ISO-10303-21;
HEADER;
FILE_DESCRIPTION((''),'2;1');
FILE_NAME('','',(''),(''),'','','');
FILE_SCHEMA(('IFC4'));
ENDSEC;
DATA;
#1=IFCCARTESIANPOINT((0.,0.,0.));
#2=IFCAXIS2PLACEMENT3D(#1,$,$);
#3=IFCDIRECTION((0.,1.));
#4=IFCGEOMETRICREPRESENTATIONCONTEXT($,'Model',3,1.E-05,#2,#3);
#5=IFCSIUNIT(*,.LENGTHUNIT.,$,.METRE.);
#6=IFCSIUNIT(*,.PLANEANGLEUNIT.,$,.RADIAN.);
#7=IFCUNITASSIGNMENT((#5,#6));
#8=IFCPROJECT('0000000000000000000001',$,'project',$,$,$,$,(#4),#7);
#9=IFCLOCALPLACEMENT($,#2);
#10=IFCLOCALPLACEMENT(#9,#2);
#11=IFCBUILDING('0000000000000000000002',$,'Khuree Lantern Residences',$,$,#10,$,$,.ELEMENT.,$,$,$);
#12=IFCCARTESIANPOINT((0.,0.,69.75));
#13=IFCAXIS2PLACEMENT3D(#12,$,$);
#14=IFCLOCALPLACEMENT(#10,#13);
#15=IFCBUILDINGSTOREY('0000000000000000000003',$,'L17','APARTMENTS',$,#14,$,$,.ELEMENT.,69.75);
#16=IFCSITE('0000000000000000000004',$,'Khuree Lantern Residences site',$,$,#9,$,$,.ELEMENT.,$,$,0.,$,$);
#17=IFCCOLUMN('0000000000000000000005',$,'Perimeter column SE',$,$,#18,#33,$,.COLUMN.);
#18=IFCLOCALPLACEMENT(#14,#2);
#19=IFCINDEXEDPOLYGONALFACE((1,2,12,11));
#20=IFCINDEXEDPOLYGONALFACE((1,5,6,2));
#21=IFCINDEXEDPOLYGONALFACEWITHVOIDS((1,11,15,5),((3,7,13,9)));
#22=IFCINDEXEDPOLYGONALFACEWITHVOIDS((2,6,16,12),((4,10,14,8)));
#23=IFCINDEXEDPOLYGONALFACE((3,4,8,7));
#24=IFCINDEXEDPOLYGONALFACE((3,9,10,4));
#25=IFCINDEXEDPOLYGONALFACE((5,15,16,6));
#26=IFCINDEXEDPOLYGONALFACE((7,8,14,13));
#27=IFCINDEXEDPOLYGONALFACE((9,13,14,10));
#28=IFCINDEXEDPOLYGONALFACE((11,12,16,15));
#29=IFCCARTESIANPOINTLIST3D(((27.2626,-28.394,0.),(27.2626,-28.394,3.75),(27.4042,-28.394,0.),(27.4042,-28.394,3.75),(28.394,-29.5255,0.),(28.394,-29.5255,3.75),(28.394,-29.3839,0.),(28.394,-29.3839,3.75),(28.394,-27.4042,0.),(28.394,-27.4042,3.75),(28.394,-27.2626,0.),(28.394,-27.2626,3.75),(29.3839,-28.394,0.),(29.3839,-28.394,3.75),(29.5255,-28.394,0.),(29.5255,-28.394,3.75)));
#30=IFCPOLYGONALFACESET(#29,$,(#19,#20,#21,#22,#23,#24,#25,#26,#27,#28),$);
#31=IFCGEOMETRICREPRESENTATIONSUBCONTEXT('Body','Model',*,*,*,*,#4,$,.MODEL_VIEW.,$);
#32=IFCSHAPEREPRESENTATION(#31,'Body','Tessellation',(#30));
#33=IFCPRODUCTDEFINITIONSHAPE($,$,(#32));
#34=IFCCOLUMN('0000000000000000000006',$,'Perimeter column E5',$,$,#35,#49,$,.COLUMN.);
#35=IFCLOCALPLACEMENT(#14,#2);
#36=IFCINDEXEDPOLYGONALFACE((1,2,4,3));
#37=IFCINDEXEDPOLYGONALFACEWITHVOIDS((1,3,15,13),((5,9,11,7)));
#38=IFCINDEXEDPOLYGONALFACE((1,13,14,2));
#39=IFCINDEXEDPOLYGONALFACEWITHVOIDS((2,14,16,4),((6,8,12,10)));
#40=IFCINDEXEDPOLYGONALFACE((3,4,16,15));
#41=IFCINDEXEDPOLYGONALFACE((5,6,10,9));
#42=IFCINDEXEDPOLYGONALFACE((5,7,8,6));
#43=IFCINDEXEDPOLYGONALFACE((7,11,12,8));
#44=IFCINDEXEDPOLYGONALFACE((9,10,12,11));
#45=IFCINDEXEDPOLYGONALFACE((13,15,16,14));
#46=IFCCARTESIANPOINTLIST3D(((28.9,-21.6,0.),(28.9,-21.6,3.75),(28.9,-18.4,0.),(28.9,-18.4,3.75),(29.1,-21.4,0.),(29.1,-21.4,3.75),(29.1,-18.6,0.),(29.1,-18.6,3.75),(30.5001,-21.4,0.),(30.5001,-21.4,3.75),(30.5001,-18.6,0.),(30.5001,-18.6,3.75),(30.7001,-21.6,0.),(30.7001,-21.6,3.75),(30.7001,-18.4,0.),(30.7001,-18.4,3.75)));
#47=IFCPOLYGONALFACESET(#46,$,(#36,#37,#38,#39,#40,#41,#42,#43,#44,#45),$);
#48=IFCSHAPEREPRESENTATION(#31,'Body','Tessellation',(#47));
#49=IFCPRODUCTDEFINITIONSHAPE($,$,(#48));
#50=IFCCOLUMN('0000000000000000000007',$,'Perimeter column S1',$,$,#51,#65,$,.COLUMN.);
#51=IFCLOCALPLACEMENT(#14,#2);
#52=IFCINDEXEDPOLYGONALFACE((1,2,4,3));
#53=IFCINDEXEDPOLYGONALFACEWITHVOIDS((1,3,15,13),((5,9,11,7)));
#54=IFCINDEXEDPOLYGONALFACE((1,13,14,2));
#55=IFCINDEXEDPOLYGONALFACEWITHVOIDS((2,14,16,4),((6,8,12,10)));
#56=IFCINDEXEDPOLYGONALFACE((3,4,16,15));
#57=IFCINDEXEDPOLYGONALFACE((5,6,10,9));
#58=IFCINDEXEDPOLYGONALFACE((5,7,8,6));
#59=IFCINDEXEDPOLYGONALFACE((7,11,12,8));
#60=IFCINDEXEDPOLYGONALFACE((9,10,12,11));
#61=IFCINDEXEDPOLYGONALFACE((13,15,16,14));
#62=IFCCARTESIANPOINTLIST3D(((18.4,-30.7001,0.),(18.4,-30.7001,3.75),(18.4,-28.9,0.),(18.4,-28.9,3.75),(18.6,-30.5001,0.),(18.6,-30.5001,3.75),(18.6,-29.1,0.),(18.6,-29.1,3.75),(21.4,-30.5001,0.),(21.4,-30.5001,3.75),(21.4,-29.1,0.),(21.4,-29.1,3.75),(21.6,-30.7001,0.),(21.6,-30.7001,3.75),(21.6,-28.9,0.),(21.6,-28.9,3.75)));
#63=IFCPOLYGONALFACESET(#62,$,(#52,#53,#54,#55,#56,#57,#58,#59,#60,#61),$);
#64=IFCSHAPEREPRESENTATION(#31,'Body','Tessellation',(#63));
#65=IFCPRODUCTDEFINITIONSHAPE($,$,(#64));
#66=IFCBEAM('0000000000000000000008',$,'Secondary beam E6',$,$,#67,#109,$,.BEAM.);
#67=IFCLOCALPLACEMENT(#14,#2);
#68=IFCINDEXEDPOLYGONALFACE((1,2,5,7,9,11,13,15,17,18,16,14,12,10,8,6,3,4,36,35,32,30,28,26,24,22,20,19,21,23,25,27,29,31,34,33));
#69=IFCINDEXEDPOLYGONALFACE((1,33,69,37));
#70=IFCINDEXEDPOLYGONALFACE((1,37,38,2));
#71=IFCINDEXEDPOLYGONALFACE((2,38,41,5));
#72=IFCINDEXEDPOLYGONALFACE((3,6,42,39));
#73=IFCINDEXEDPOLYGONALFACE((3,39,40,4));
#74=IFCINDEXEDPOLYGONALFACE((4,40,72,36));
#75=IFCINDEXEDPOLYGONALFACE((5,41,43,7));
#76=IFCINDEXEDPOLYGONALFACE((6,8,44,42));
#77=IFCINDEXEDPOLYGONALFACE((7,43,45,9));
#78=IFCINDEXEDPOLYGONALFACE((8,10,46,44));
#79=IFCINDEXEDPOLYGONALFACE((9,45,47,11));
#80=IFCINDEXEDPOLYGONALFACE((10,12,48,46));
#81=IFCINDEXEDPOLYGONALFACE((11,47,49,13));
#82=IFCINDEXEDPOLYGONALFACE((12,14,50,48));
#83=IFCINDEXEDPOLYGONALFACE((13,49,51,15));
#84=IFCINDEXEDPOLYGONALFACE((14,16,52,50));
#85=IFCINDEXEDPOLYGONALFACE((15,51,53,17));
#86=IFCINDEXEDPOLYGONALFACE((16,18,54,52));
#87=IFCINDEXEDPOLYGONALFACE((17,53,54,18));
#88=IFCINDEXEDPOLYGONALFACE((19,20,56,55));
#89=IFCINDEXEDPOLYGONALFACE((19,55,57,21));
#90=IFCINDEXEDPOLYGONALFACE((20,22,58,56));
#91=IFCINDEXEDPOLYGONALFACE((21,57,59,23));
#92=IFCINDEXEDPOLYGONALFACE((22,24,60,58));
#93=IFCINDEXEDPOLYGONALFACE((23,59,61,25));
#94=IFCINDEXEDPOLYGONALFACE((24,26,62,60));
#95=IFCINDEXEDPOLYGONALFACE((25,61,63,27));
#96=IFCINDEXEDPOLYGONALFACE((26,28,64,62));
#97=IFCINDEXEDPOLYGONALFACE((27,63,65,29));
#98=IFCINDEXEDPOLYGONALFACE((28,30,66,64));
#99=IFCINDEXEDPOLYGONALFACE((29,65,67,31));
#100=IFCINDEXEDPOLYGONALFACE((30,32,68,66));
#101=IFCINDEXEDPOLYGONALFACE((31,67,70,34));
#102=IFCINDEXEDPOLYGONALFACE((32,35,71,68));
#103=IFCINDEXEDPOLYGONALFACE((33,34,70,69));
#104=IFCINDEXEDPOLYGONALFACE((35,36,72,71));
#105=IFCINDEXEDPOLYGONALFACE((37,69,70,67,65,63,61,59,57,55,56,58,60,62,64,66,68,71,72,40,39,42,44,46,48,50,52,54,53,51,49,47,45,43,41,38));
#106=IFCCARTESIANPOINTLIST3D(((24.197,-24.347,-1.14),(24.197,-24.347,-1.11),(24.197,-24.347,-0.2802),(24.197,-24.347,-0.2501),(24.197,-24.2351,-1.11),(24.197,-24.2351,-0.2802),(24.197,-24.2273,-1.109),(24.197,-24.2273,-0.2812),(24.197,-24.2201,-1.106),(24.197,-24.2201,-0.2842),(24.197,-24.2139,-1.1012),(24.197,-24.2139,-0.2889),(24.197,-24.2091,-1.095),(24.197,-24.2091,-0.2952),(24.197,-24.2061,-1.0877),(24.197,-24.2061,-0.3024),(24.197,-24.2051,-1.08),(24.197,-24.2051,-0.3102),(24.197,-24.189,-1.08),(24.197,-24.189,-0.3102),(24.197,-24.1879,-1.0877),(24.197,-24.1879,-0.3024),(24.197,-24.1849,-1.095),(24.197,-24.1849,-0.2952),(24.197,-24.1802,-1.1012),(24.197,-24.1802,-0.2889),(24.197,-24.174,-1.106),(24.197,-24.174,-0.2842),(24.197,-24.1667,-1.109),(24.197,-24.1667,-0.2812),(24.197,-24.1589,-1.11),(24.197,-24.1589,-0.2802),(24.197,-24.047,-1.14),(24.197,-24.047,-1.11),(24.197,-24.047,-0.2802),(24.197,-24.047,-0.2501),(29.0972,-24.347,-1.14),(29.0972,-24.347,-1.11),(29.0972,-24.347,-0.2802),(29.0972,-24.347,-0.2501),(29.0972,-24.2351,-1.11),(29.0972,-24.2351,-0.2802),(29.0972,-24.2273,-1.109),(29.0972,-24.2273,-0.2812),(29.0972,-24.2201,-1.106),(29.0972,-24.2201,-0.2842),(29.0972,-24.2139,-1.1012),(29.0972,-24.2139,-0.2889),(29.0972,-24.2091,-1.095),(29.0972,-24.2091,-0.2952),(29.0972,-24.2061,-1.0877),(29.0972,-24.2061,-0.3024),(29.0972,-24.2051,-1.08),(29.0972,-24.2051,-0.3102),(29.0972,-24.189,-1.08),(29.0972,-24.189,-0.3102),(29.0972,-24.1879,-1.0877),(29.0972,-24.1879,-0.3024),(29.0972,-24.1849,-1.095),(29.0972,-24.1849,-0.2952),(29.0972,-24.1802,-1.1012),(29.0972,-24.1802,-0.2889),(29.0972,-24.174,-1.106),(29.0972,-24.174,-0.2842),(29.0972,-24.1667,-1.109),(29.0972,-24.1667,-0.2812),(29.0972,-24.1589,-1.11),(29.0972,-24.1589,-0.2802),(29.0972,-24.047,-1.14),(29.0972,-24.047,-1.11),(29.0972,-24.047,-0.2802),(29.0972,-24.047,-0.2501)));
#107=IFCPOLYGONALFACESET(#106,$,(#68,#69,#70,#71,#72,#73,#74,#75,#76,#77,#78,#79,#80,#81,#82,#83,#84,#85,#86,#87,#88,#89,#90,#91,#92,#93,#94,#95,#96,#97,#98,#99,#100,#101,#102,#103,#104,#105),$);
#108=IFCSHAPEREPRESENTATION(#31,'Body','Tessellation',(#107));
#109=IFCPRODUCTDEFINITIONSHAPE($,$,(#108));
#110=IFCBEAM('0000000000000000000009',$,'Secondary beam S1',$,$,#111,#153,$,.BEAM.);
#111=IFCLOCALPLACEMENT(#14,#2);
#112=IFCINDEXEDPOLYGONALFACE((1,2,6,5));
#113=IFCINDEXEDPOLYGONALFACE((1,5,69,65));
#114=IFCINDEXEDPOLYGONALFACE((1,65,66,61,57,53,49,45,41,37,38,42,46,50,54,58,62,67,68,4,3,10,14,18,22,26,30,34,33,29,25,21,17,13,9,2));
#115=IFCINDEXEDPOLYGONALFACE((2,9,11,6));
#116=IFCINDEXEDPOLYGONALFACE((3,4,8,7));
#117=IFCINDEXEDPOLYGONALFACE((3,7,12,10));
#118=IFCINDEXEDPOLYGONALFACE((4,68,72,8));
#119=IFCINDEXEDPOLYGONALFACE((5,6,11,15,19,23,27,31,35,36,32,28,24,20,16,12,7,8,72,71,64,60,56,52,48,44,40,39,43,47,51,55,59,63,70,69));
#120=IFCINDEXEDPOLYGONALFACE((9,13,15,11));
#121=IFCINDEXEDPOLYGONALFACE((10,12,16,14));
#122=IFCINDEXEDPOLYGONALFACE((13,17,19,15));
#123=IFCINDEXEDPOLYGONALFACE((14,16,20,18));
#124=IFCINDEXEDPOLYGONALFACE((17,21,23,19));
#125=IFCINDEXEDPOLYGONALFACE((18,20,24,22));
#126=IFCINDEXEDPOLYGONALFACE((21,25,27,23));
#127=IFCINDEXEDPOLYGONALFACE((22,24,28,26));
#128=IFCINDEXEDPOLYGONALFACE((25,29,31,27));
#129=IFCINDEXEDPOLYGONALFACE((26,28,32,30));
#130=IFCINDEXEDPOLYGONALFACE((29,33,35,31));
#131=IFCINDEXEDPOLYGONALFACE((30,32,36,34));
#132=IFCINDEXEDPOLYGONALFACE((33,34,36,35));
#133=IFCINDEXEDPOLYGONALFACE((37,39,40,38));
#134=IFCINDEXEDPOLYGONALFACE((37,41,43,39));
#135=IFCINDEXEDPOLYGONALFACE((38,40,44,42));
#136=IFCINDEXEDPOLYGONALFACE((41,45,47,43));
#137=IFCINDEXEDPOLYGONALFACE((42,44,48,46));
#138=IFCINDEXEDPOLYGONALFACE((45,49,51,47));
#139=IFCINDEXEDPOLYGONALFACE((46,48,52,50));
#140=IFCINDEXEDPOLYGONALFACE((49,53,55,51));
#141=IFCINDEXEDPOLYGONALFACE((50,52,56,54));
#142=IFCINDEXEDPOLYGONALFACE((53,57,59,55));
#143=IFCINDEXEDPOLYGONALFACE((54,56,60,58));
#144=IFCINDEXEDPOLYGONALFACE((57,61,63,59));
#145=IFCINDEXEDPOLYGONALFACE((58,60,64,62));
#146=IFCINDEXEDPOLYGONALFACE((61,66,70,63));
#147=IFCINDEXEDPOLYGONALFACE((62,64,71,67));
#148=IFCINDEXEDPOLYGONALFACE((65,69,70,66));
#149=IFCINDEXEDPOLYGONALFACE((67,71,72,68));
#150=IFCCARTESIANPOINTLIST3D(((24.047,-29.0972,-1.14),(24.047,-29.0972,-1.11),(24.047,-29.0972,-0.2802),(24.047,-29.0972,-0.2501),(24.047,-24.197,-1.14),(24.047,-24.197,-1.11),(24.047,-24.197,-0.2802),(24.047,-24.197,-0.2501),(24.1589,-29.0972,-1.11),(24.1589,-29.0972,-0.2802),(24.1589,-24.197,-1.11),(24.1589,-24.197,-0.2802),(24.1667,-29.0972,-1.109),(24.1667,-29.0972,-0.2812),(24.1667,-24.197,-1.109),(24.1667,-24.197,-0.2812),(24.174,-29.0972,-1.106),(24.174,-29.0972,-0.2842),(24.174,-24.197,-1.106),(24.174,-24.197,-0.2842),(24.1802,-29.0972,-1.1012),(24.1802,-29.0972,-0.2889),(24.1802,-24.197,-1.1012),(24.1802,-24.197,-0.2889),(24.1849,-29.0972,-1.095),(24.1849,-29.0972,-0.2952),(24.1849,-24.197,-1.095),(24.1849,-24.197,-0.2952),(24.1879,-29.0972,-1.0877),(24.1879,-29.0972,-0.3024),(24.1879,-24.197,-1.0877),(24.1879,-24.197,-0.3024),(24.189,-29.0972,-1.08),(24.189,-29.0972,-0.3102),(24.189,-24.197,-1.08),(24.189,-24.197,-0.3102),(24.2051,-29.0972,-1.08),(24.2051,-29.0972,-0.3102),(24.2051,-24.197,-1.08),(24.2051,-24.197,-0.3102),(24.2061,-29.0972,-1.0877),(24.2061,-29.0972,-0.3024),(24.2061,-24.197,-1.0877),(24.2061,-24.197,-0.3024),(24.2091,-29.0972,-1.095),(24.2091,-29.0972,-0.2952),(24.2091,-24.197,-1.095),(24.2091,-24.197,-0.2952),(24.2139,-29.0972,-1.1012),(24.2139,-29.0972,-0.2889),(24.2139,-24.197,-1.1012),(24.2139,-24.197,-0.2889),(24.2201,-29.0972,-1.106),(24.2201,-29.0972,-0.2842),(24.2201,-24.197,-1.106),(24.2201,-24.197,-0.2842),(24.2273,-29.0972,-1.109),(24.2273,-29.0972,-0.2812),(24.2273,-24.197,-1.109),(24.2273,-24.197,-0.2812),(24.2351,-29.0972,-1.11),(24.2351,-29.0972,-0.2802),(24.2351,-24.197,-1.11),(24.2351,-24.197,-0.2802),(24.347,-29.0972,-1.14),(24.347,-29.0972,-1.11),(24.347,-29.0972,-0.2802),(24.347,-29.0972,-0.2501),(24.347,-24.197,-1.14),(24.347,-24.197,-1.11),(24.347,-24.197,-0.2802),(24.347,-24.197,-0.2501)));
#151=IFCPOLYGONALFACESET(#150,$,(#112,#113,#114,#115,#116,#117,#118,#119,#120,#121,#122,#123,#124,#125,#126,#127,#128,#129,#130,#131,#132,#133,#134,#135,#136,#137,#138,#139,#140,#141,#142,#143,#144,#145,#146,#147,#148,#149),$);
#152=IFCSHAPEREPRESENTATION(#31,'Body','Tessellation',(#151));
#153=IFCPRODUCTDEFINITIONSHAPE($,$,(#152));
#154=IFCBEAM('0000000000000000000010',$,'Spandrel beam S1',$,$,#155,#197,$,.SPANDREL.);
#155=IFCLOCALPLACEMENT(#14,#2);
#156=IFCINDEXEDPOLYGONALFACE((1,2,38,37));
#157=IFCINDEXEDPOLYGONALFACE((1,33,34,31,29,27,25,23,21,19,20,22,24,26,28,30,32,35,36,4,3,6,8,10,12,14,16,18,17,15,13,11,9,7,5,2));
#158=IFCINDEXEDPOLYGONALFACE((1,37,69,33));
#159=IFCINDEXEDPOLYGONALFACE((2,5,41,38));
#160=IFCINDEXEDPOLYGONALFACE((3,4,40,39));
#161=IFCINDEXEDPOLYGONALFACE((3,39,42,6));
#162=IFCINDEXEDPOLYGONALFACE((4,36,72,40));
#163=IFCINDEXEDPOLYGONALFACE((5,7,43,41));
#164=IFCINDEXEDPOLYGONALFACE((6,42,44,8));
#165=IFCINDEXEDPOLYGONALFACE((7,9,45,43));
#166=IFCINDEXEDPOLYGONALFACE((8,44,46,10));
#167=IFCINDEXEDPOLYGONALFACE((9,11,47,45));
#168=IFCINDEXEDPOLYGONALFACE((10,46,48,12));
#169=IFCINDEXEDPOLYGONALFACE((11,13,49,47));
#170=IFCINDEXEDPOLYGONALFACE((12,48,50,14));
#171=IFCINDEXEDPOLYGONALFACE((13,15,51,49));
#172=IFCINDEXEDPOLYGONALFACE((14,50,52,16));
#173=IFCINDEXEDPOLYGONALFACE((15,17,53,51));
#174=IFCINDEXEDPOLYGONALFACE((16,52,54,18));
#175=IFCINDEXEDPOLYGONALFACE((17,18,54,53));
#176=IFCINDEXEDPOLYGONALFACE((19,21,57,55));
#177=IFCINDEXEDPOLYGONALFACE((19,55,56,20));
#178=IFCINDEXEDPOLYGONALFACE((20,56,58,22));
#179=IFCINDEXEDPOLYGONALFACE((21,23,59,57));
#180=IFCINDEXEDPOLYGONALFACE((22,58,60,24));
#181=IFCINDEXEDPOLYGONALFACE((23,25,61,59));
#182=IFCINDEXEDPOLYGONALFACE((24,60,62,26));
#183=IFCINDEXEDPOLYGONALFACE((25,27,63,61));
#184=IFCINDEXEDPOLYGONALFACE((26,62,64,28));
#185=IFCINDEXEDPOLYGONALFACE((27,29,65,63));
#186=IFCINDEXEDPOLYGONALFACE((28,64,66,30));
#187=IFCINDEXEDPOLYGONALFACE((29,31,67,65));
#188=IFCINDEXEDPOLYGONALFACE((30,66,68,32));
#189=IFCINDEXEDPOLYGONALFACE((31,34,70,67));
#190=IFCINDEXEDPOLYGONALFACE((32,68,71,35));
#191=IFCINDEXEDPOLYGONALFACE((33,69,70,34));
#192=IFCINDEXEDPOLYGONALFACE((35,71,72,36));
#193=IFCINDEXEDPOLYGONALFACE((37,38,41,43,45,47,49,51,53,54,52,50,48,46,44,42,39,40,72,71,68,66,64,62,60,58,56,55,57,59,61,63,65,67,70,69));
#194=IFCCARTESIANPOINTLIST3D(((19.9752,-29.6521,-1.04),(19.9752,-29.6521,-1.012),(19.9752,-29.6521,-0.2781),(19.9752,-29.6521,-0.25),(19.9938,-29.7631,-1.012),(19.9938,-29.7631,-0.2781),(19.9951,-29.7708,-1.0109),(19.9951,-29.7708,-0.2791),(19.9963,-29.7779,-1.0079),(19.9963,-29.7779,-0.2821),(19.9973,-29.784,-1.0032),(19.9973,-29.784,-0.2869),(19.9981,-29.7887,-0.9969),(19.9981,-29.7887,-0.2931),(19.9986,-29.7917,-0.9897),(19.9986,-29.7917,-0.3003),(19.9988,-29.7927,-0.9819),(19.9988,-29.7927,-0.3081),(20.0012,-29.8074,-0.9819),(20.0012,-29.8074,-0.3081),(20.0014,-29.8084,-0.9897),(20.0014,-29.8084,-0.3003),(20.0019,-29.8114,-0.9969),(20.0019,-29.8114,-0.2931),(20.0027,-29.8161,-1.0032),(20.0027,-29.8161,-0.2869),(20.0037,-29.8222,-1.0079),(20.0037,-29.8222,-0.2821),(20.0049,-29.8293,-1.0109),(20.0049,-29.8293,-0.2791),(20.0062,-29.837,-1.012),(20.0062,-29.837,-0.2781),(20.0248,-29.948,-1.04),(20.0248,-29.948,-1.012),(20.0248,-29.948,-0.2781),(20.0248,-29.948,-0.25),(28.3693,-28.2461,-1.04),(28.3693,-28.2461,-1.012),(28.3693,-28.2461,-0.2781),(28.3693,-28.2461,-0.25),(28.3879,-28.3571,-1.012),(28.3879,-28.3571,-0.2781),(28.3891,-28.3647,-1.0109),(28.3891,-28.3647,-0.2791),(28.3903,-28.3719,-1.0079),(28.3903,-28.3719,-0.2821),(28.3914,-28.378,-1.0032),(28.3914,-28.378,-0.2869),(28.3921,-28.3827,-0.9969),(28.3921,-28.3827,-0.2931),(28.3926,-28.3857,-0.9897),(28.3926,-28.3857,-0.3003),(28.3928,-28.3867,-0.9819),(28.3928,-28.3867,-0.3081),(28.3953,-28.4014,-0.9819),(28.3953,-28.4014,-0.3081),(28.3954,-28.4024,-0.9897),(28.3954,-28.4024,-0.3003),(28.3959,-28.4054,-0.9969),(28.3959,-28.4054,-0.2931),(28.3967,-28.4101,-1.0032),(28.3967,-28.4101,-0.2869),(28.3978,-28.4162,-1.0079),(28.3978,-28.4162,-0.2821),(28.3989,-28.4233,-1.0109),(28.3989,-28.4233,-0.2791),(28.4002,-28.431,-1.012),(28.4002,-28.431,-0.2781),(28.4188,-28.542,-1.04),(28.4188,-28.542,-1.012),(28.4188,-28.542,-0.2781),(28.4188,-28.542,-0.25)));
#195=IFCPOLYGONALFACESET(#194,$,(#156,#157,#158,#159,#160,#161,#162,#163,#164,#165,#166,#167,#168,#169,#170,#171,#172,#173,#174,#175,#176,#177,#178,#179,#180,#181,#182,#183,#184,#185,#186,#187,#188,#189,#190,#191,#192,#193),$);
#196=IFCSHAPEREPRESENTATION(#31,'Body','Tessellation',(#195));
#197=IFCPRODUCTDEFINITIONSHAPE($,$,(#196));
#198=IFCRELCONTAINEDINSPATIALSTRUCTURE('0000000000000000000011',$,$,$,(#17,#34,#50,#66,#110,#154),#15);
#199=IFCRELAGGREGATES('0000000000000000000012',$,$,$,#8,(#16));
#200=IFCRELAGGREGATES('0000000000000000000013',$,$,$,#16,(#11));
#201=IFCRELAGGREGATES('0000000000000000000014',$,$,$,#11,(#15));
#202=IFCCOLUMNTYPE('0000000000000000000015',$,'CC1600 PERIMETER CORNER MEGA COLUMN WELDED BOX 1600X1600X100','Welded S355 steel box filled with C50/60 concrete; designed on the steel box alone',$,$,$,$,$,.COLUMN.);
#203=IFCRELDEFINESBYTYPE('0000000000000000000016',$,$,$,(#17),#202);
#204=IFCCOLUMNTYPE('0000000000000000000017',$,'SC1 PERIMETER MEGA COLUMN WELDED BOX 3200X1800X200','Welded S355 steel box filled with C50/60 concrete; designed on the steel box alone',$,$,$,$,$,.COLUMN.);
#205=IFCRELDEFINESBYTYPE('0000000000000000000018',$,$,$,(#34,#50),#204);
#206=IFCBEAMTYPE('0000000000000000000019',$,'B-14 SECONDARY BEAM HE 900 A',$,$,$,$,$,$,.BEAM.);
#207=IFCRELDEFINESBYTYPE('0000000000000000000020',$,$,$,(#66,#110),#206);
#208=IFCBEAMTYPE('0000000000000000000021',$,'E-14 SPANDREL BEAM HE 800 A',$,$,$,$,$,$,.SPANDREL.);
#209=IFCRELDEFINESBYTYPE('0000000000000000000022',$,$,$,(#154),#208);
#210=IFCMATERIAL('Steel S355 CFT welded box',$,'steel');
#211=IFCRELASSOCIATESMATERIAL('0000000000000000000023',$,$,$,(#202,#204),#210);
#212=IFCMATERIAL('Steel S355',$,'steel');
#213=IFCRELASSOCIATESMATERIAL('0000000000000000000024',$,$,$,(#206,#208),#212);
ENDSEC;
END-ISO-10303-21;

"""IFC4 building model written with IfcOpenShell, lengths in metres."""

from ifc_helpers import new_model, si_unit, direction, frame, origin, origin_2d, place, context, subcontext, project, spatial, hollow_rectangle, i_section, extrude, material, material_profile, profile_set, type_object, element, save


model = new_model("IFC4")

# Units and contexts
model_context = context("Model", 3, precision=1e-05, world=origin(), true_north=direction((0.0, 1.0)))
body_context = subcontext(model_context, "Body", "Model", "MODEL_VIEW")
ifc_project = project(units=[si_unit("LENGTHUNIT", "METRE"), si_unit("PLANEANGLEUNIT", "RADIAN")], contexts=[model_context])

# Site, building, storey
site_placement = place(None, origin())
site = spatial("IfcSite", under=ifc_project, at=site_placement, Name="Khuree Lantern Residences site", CompositionType="ELEMENT", RefElevation=0.0)
building_placement = place(site_placement, origin())
building = spatial("IfcBuilding", under=site, at=building_placement, Name="Khuree Lantern Residences", CompositionType="ELEMENT")
storey_placement = place(building_placement, frame((0.0, 0.0, 69.75)))
storey = spatial("IfcBuildingStorey", under=building, at=storey_placement, Name="L17", Description="APARTMENTS", CompositionType="ELEMENT", Elevation=69.75)

# Columns
ifc_material_1 = material(Name="Steel S355 CFT welded box", Category="steel")
ifc_material_profile_1 = material_profile(ifc_material_1, hollow_rectangle(XDim=1.6001, YDim=1.6001, WallThickness=0.1001, at=origin_2d()), Name="WELDED BOX 1600X1600X100")
ifc_profile_set_1 = profile_set([ifc_material_profile_1], Name="Steel S355 CFT welded box")
column_type_1 = type_object("IfcColumnType", Name="CC1600 PERIMETER CORNER MEGA COLUMN WELDED BOX 1600X1600X100", Description="Welded S355 steel box filled with C50/60 concrete; designed on the steel box alone", PredefinedType="COLUMN", material=ifc_profile_set_1)
column_placement = place(storey_placement, frame((28.394, -28.394, 0.0), z_axis=(0.0, 0.0, 1.0), x_axis=(0.707107, 0.707107, 0.0)))
element("IfcColumn", 1, at=column_placement, inside=storey, type_object=column_type_1, Name="Perimeter column SE", PredefinedType="COLUMN", context=body_context, shape_type="SweptSolid", body=[
    extrude(hollow_rectangle(XDim=1.6001, YDim=1.6001, WallThickness=0.1001, at=origin_2d()), origin(), (0.0, 0.0, 1.0), 3.75),
])
ifc_material_profile_2 = material_profile(ifc_material_1, hollow_rectangle(XDim=3.2, YDim=1.8, WallThickness=0.2, at=origin_2d()), Name="WELDED BOX 3200X1800X200")
ifc_profile_set_2 = profile_set([ifc_material_profile_2], Name="Steel S355 CFT welded box")
column_type_2 = type_object("IfcColumnType", Name="SC1 PERIMETER MEGA COLUMN WELDED BOX 3200X1800X200", Description="Welded S355 steel box filled with C50/60 concrete; designed on the steel box alone", PredefinedType="COLUMN", material=ifc_profile_set_2)
for number, where, z_axis, x_axis, name in (
    (2, (29.8, -20.0, 0.0), (0.0, 0.0, 1.0), (0.0, 1.0, 0.0), "Perimeter column E5"),
    (3, (20.0, -29.8, 0.0), (0.0, 0.0, 1.0), (1.0, 0.0, 0.0), "Perimeter column S1"),
):
    element("IfcColumn", number, at=place(storey_placement, frame(where, z_axis=z_axis, x_axis=x_axis)), inside=storey, type_object=column_type_2, Name=name, PredefinedType="COLUMN", context=body_context, shape_type="SweptSolid", body=[
        extrude(hollow_rectangle(XDim=3.2, YDim=1.8, WallThickness=0.2, at=origin_2d()), origin(), (0.0, 0.0, 1.0), 3.75),
    ])

# Beams
ifc_material_2 = material(Name="Steel S355", Category="steel")
ifc_material_profile_3 = material_profile(ifc_material_2, i_section(OverallWidth=0.3, OverallDepth=0.8899, WebThickness=0.0161, FlangeThickness=0.03, FilletRadius=0.03, at=origin_2d()), Name="HE 900 A")
ifc_profile_set_3 = profile_set([ifc_material_profile_3], Name="Steel S355")
beam_type_1 = type_object("IfcBeamType", Name="B-14 SECONDARY BEAM HE 900 A", PredefinedType="BEAM", material=ifc_profile_set_3)
for number, where, z_axis, x_axis, name in (
    (4, (29.0972, -24.197, -0.6951), (-1.0, 0.0, 0.0), (0.0, -1.0, 0.0), "Secondary beam E6"),
    (5, (24.197, -29.0972, -0.6951), (0.0, 1.0, 0.0), (-1.0, 0.0, 0.0), "Secondary beam S1"),
):
    element("IfcBeam", number, at=place(storey_placement, frame(where, z_axis=z_axis, x_axis=x_axis)), inside=storey, type_object=beam_type_1, Name=name, PredefinedType="BEAM", context=body_context, shape_type="SweptSolid", body=[
        extrude(i_section(OverallWidth=0.3, OverallDepth=0.8899, WebThickness=0.0161, FlangeThickness=0.03, FilletRadius=0.03, at=origin_2d()), origin(), (0.0, 0.0, 1.0), 4.9001),
    ])
ifc_material_profile_4 = material_profile(ifc_material_2, i_section(OverallWidth=0.3, OverallDepth=0.79, WebThickness=0.0149, FlangeThickness=0.0281, FilletRadius=0.03, at=origin_2d()), Name="HE 800 A")
ifc_profile_set_4 = profile_set([ifc_material_profile_4], Name="Steel S355")
beam_type_2 = type_object("IfcBeamType", Name="E-14 SPANDREL BEAM HE 800 A", PredefinedType="SPANDREL", material=ifc_profile_set_4)
beam_1_placement = place(storey_placement, frame((28.394, -28.394, -0.645), z_axis=(-0.98626, -0.165199, 0.0), x_axis=(0.165199, -0.98626, 0.0)))
element("IfcBeam", 6, at=beam_1_placement, inside=storey, type_object=beam_type_2, Name="Spandrel beam S1", PredefinedType="SPANDREL", context=body_context, shape_type="SweptSolid", body=[
    extrude(i_section(OverallWidth=0.3, OverallDepth=0.79, WebThickness=0.0149, FlangeThickness=0.0281, FilletRadius=0.03, at=origin_2d()), origin(), (0.0, 0.0, 1.0), 8.511),
])

save(model, "model.ifc")
